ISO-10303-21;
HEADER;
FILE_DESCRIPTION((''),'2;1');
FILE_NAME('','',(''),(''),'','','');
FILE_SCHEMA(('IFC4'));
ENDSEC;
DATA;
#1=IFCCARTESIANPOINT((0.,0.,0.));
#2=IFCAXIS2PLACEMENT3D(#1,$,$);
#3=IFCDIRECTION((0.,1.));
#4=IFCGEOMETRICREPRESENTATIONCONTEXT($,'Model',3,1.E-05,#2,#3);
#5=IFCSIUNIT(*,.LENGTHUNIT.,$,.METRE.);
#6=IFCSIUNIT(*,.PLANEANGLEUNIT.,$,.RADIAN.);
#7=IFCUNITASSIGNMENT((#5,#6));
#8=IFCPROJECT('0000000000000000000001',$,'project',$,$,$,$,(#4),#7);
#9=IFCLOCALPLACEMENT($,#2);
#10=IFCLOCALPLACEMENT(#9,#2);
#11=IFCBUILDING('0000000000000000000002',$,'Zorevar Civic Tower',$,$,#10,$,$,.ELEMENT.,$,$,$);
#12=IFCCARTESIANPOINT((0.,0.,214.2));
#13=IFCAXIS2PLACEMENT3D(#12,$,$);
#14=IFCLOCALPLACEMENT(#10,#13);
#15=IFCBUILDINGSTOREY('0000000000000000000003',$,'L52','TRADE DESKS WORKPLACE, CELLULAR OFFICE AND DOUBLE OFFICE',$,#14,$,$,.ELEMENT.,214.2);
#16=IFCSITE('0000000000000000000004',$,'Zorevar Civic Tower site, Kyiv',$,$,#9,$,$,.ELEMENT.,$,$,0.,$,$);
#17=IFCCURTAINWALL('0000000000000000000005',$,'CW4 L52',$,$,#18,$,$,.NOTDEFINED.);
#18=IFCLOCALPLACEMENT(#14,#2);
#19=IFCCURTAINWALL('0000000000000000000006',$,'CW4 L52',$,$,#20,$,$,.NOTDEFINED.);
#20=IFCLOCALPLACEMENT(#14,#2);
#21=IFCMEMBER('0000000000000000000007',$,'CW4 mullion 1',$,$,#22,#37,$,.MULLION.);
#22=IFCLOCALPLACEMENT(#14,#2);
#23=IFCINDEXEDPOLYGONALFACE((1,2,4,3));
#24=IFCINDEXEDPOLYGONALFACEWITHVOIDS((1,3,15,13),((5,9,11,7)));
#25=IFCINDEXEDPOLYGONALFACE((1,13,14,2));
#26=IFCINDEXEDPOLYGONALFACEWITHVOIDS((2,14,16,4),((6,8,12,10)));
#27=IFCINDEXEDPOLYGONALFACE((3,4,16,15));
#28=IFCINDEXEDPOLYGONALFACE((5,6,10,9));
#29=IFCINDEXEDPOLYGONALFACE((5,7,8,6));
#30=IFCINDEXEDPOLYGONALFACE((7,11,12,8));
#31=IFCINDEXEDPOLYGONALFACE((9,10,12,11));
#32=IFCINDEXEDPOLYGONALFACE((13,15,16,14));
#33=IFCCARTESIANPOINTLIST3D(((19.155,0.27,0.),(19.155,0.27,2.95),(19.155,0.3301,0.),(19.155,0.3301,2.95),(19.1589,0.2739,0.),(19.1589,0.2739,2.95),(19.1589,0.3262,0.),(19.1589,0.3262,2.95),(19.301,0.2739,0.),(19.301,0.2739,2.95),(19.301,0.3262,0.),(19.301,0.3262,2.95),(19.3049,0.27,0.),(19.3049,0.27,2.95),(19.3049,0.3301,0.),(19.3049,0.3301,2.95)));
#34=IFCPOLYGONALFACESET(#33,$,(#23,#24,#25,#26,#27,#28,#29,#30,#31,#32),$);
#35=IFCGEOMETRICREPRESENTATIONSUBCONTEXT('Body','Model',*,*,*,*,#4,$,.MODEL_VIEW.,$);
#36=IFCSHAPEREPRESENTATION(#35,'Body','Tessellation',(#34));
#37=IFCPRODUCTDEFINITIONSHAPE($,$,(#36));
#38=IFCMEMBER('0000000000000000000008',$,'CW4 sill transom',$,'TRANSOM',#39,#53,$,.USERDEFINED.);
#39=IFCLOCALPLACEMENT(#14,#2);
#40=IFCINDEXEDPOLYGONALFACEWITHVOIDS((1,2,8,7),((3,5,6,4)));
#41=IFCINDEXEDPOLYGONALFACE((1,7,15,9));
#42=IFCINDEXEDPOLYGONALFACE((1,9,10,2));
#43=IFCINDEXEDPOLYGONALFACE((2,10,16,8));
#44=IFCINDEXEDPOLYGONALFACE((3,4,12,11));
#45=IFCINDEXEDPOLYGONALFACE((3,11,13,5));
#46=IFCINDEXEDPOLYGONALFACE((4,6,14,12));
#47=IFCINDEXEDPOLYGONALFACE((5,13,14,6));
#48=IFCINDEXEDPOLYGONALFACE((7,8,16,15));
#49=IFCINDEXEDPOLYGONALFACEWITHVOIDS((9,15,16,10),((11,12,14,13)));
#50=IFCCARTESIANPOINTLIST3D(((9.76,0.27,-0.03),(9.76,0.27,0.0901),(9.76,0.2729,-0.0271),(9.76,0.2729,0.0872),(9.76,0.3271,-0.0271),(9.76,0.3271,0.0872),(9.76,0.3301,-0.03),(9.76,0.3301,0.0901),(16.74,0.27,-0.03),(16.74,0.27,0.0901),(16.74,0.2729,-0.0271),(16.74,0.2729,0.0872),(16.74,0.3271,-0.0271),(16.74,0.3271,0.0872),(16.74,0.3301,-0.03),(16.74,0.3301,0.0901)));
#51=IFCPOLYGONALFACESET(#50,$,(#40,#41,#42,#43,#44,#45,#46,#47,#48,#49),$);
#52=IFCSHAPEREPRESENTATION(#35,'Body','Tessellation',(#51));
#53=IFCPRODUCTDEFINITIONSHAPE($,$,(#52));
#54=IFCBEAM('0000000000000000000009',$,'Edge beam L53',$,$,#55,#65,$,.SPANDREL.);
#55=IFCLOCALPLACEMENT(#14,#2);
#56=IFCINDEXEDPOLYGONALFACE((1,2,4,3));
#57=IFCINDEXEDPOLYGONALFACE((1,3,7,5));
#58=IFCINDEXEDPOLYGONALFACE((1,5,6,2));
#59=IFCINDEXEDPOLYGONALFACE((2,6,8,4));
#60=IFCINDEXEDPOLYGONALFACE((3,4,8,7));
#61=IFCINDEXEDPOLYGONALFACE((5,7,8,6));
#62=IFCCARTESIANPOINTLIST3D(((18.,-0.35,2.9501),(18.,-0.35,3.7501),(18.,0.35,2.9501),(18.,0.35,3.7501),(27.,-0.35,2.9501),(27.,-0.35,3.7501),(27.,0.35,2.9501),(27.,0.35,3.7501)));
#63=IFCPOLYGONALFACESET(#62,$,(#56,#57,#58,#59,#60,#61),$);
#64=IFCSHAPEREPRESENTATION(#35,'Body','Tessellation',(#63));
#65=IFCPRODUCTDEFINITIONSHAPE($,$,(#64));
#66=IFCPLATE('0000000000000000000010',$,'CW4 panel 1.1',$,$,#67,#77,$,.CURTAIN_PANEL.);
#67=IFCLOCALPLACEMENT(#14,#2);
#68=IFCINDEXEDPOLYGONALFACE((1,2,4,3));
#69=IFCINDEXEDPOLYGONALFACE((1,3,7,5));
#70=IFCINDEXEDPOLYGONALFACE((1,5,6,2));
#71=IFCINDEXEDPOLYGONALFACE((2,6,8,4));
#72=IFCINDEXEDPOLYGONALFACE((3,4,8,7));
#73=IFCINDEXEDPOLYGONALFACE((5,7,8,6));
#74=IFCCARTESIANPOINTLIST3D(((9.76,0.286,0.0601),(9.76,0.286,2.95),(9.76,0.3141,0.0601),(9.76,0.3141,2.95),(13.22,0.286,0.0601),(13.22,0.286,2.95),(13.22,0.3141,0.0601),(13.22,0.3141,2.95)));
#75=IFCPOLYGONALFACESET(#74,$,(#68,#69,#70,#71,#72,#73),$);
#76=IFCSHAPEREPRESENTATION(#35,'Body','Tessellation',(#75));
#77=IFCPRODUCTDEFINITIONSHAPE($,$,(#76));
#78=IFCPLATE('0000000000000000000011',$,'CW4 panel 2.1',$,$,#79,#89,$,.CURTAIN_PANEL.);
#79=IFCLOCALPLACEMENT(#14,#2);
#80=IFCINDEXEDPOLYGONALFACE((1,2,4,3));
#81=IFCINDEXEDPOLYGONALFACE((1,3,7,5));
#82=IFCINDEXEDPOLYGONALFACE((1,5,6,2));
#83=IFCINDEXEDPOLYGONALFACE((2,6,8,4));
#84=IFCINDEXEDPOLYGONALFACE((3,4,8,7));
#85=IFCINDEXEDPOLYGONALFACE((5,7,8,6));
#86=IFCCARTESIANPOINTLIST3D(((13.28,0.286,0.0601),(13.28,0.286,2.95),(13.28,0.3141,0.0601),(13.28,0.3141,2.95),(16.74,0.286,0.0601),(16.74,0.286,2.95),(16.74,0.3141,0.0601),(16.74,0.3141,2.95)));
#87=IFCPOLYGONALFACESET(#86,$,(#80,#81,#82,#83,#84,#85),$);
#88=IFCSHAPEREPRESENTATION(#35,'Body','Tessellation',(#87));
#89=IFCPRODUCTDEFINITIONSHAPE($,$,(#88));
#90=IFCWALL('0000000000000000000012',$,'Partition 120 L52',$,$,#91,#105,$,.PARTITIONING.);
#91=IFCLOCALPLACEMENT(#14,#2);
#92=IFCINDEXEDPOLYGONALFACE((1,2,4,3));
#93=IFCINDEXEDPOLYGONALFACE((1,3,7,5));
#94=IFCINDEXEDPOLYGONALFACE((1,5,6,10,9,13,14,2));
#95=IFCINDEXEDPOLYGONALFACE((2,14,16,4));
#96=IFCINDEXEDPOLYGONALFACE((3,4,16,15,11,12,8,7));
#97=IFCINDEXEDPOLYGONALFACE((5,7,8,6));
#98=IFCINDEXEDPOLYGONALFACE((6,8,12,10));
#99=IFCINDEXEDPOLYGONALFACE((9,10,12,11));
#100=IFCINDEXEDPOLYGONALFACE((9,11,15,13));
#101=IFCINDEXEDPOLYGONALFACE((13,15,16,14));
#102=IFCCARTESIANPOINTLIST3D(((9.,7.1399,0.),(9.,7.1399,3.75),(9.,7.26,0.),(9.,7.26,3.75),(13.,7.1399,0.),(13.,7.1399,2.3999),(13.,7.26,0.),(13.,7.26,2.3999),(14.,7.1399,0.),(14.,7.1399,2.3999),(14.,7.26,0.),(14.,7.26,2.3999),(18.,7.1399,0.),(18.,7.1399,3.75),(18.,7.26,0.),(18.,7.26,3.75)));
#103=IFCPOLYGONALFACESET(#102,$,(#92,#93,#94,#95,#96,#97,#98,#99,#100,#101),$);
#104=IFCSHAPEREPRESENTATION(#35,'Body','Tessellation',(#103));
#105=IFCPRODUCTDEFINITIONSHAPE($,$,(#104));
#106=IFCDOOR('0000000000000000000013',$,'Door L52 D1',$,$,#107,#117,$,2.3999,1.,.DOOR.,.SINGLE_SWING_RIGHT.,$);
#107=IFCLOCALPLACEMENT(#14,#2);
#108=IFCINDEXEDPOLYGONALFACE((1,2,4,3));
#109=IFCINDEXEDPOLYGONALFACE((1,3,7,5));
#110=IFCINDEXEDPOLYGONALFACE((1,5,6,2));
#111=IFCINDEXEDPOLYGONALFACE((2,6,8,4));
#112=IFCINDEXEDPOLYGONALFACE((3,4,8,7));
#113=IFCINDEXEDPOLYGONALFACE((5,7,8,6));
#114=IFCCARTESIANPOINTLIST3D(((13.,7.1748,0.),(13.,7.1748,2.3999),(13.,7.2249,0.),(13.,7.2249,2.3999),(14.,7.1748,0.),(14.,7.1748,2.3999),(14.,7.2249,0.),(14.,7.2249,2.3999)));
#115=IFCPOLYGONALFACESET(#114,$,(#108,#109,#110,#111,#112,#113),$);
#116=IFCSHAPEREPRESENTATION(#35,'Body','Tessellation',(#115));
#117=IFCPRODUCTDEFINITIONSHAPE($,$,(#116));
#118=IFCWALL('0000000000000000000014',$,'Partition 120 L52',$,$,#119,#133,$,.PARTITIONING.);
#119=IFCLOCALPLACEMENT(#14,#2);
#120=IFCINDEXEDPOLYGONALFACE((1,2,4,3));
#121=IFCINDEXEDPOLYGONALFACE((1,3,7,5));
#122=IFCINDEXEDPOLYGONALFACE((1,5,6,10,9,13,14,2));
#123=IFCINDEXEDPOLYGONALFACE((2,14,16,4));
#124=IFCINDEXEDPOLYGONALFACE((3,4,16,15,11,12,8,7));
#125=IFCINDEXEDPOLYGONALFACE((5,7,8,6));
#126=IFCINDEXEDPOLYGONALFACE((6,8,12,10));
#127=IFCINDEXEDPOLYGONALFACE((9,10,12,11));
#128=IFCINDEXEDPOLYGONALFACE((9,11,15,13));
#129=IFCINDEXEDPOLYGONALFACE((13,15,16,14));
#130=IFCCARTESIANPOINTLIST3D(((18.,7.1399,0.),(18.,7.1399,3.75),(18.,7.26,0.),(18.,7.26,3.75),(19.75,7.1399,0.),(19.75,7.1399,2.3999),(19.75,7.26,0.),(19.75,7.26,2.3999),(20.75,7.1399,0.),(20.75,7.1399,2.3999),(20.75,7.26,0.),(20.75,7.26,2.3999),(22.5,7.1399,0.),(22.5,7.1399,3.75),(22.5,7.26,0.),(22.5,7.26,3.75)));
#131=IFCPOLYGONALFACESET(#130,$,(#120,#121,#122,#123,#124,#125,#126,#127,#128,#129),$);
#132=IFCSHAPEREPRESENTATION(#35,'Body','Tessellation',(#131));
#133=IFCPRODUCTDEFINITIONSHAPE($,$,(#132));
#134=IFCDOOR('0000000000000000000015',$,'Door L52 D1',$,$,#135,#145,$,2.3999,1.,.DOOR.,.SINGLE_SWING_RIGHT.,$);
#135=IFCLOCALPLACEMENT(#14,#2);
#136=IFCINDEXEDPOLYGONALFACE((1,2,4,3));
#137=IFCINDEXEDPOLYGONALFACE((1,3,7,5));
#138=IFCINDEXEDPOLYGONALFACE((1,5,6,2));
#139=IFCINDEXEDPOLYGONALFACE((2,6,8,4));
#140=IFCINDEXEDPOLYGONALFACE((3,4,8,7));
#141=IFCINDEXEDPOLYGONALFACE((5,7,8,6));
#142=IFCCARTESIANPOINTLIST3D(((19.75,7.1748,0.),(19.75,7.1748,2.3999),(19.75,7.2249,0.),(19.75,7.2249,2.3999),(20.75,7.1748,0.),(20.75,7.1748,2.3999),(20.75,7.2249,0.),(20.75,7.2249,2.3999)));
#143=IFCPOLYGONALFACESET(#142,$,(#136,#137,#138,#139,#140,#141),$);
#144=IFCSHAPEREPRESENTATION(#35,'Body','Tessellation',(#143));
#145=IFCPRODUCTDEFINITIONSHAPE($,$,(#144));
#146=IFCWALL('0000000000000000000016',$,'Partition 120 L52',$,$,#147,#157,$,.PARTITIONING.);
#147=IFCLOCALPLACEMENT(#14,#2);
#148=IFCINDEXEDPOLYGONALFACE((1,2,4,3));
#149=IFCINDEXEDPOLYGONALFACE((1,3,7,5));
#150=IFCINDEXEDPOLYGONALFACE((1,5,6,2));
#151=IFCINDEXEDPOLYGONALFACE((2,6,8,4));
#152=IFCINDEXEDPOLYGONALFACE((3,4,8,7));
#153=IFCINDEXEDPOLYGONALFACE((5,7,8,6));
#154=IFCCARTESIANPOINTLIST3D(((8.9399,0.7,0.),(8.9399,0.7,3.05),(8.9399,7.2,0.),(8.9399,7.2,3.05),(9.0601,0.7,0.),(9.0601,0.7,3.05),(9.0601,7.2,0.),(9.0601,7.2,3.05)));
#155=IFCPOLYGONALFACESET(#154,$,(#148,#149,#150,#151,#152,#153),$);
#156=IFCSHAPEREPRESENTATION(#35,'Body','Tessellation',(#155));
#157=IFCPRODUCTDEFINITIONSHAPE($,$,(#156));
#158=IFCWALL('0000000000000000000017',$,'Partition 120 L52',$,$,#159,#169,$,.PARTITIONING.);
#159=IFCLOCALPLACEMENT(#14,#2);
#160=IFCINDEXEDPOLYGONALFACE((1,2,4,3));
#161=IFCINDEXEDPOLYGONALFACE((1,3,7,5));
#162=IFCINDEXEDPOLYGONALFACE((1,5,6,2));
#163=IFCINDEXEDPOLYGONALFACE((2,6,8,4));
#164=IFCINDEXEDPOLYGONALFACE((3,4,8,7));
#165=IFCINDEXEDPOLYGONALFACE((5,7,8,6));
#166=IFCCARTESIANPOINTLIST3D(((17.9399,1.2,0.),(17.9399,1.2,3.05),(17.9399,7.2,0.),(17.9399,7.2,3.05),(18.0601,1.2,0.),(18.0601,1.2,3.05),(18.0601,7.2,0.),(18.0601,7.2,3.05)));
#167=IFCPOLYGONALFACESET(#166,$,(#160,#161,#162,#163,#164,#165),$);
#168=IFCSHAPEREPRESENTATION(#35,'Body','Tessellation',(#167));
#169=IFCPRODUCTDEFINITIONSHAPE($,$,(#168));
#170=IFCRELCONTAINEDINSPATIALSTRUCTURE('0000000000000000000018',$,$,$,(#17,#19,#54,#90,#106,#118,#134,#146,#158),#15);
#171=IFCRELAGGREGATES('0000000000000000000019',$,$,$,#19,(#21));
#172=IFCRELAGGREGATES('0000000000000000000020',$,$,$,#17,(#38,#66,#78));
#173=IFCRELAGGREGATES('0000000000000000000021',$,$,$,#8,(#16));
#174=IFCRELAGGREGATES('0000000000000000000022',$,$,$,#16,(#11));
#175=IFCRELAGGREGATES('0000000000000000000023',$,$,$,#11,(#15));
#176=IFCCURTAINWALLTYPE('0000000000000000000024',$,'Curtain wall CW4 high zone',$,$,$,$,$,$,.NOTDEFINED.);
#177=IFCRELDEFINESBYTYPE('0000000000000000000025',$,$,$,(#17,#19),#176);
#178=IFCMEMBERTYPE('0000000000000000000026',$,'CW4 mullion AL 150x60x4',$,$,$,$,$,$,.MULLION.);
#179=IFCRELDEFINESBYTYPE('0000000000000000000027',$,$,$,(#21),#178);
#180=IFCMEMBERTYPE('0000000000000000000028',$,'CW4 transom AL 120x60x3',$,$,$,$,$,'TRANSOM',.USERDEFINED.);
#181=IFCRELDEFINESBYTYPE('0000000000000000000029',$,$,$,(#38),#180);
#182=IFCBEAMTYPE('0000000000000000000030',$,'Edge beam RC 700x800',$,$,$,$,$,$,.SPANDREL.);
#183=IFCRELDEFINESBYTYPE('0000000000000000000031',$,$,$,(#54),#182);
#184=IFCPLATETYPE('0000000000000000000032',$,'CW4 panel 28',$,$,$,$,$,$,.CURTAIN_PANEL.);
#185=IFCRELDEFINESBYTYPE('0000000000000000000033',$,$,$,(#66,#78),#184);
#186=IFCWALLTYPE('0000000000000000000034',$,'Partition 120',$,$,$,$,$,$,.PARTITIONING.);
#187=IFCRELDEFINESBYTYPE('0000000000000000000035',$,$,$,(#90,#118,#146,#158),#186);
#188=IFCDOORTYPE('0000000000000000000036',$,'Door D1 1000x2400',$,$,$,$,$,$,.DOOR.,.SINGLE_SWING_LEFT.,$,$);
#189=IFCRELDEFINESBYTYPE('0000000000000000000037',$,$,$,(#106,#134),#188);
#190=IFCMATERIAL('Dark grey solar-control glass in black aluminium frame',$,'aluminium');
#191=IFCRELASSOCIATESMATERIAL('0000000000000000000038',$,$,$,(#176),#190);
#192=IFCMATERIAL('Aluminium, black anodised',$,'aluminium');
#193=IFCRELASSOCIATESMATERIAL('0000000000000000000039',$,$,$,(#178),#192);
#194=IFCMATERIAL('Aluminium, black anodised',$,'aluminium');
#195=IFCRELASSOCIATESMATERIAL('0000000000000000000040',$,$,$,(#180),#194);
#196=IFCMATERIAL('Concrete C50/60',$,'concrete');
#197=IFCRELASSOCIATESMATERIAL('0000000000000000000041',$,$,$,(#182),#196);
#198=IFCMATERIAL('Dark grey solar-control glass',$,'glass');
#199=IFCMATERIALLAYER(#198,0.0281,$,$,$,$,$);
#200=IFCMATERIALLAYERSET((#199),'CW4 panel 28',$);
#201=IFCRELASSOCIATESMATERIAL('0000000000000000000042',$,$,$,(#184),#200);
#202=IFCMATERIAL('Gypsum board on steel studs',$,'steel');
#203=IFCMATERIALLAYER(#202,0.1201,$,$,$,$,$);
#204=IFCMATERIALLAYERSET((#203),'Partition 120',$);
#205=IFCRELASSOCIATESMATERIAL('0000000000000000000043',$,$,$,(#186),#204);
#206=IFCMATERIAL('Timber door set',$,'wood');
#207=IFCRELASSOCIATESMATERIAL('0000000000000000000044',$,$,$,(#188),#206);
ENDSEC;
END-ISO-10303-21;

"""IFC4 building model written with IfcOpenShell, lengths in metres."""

from ifc_helpers import new_model, si_unit, direction, frame, frame_2d, origin, origin_2d, place, context, subcontext, project, spatial, rectangle, hollow_rectangle, extrude, material, layer, layer_set, material_profile, profile_set, type_object, element, fill, aggregate, save


model = new_model("IFC4")

# Units and contexts
model_context = context("Model", 3, precision=1e-05, world=origin(), true_north=direction((0.0, 1.0)))
body_context = subcontext(model_context, "Body", "Model", "MODEL_VIEW")
ifc_project = project(units=[si_unit("LENGTHUNIT", "METRE"), si_unit("PLANEANGLEUNIT", "RADIAN")], contexts=[model_context])

# Site, building, storey
site_placement = place(None, origin())
site = spatial("IfcSite", under=ifc_project, at=site_placement, Name="Zorevar Civic Tower site, Kyiv", CompositionType="ELEMENT", RefElevation=0.0)
building_placement = place(site_placement, origin())
building = spatial("IfcBuilding", under=site, at=building_placement, Name="Zorevar Civic Tower", CompositionType="ELEMENT")
storey_placement = place(building_placement, frame((0.0, 0.0, 214.2)))
storey = spatial("IfcBuildingStorey", under=building, at=storey_placement, Name="L52", Description="TRADE DESKS WORKPLACE, CELLULAR OFFICE AND DOUBLE OFFICE", CompositionType="ELEMENT", Elevation=214.2)

# Curtain wall
ifc_material_1 = material(Name="Dark grey solar-control glass in black aluminium frame", Category="aluminium")
curtain_wall_type = type_object("IfcCurtainWallType", Name="Curtain wall CW4 high zone", PredefinedType="NOTDEFINED", material=ifc_material_1)
curtain_wall_1_placement = place(storey_placement, origin())
curtain_wall_1 = element("IfcCurtainWall", 1, at=curtain_wall_1_placement, inside=storey, type_object=curtain_wall_type, Name="CW4 L52", PredefinedType="NOTDEFINED")
ifc_material_2 = material(Name="Aluminium, black anodised", Category="aluminium")
ifc_material_profile_1 = material_profile(ifc_material_2, hollow_rectangle(XDim=0.0601, YDim=0.1499, WallThickness=0.0039, at=origin_2d()), Name="AL 150x60x4")
ifc_profile_set_1 = profile_set([ifc_material_profile_1], Name="Aluminium, black anodised")
member_type_1 = type_object("IfcMemberType", Name="CW4 mullion AL 150x60x4", PredefinedType="MULLION", material=ifc_profile_set_1)

# Curtain wall, member
curtain_wall_2_placement = place(storey_placement, origin())
curtain_wall_2 = element("IfcCurtainWall", 2, at=curtain_wall_2_placement, inside=storey, type_object=curtain_wall_type, Name="CW4 L52", PredefinedType="NOTDEFINED")
member_1_placement = place(storey_placement, frame((19.23, 0.3, 0.0), z_axis=(0.0, 0.0, 1.0), x_axis=(0.0, 1.0, 0.0)))
member_1 = element("IfcMember", 3, at=member_1_placement, type_object=member_type_1, Name="CW4 mullion 1", PredefinedType="MULLION", context=body_context, shape_type="SweptSolid", body=[
    extrude(hollow_rectangle(XDim=0.0601, YDim=0.1499, WallThickness=0.0039, at=origin_2d()), origin(), (0.0, 0.0, 1.0), 2.95),
])
aggregate(curtain_wall_2, [member_1])

# Member
ifc_material_3 = material(Name="Aluminium, black anodised", Category="aluminium")
ifc_material_profile_2 = material_profile(ifc_material_3, hollow_rectangle(XDim=0.0601, YDim=0.1201, WallThickness=0.0029, at=origin_2d()), Name="AL 120x60x3")
ifc_profile_set_2 = profile_set([ifc_material_profile_2], Name="Aluminium, black anodised")
member_type_2 = type_object("IfcMemberType", Name="CW4 transom AL 120x60x3", ElementType="TRANSOM", PredefinedType="USERDEFINED", material=ifc_profile_set_2)
member_2_placement = place(storey_placement, frame((9.76, 0.3, 0.03), z_axis=(1.0, 0.0, 0.0), x_axis=(0.0, 1.0, 0.0)))
member_2 = element("IfcMember", 4, at=member_2_placement, type_object=member_type_2, Name="CW4 sill transom", ObjectType="TRANSOM", PredefinedType="USERDEFINED", context=body_context, shape_type="SweptSolid", body=[
    extrude(hollow_rectangle(XDim=0.0601, YDim=0.1201, WallThickness=0.0029, at=origin_2d()), origin(), (0.0, 0.0, 1.0), 6.98),
])

# Beam
ifc_material_4 = material(Name="Concrete C50/60", Category="concrete")
ifc_material_profile_3 = material_profile(ifc_material_4, rectangle(XDim=0.7, YDim=0.8, at=origin_2d()), Name="RC 700x800")
ifc_profile_set_3 = profile_set([ifc_material_profile_3], Name="Concrete C50/60")
beam_type_1 = type_object("IfcBeamType", Name="Edge beam RC 700x800", PredefinedType="SPANDREL", material=ifc_profile_set_3)
beam_1_placement = place(storey_placement, frame((18.0, 0.0, 3.3501), z_axis=(1.0, 0.0, 0.0), x_axis=(0.0, 1.0, 0.0)))
element("IfcBeam", 5, at=beam_1_placement, inside=storey, type_object=beam_type_1, Name="Edge beam L53", PredefinedType="SPANDREL", context=body_context, shape_type="SweptSolid", body=[
    extrude(rectangle(XDim=0.7, YDim=0.8, at=origin_2d()), origin(), (0.0, 0.0, 1.0), 9.0),
])

# Plates
ifc_material_5 = material(Name="Dark grey solar-control glass", Category="glass")
ifc_layer_1 = layer(ifc_material_5, 0.0281)
ifc_layer_set_1 = layer_set([ifc_layer_1], Name="CW4 panel 28")
plate_type = type_object("IfcPlateType", Name="CW4 panel 28", PredefinedType="CURTAIN_PANEL", material=ifc_layer_set_1)
plate_1_placement = place(storey_placement, frame((11.49, 0.3, 0.0601), z_axis=(0.0, 0.0, 1.0), x_axis=(1.0, 0.0, 0.0)))
plate_1 = element("IfcPlate", 6, at=plate_1_placement, type_object=plate_type, Name="CW4 panel 1.1", PredefinedType="CURTAIN_PANEL", context=body_context, shape_type="SweptSolid", body=[
    extrude(rectangle(XDim=3.46, YDim=0.0281, at=origin_2d()), origin(), (0.0, 0.0, 1.0), 2.8899),
])
plate_2_placement = place(storey_placement, frame((15.01, 0.3, 0.0601), z_axis=(0.0, 0.0, 1.0), x_axis=(1.0, 0.0, 0.0)))
plate_2 = element("IfcPlate", 7, at=plate_2_placement, type_object=plate_type, Name="CW4 panel 2.1", PredefinedType="CURTAIN_PANEL", context=body_context, shape_type="SweptSolid", body=[
    extrude(rectangle(XDim=3.46, YDim=0.0281, at=origin_2d()), origin(), (0.0, 0.0, 1.0), 2.8899),
])
aggregate(curtain_wall_1, [member_2, plate_1, plate_2])

# Walls, openings, doors
ifc_material_6 = material(Name="Gypsum board on steel studs", Category="steel")
ifc_layer_2 = layer(ifc_material_6, 0.1201)
ifc_layer_set_2 = layer_set([ifc_layer_2], Name="Partition 120")
wall_type = type_object("IfcWallType", Name="Partition 120", PredefinedType="PARTITIONING", material=ifc_layer_set_2)
wall_1_placement = place(storey_placement, frame((9.0, 7.2, 0.0), z_axis=(0.0, 0.0, 1.0), x_axis=(1.0, 0.0, 0.0)))
wall_1 = element("IfcWall", 8, at=wall_1_placement, inside=storey, type_object=wall_type, Name="Partition 120 L52", PredefinedType="PARTITIONING", context=body_context, shape_type="SweptSolid", body=[
    extrude(rectangle(XDim=9.0, YDim=0.1201, at=frame_2d((4.5, 0.0))), origin(), (0.0, 0.0, 1.0), 3.75),
])
opening_1_placement = place(wall_1_placement, frame((4.0, 0.0, 0.0)))
opening_1 = element("IfcOpeningElement", 9, at=opening_1_placement, cuts=wall_1, PredefinedType="OPENING", context=body_context, shape_type="SweptSolid", body=[
    extrude(rectangle(XDim=1.0, YDim=2.3999, at=frame_2d((0.5, 1.2))), frame((0.0, 0.0701, 0.0), z_axis=(0.0, -1.0, 0.0), x_axis=(1.0, 0.0, 0.0)), (0.0, 0.0, 1.0), 0.1401),
])
ifc_material_7 = material(Name="Timber door set", Category="wood")
door_type = type_object("IfcDoorType", Name="Door D1 1000x2400", OperationType="SINGLE_SWING_LEFT", PredefinedType="DOOR", material=ifc_material_7)
door_1_placement = place(opening_1_placement, origin())
door_1 = element("IfcDoor", 10, at=door_1_placement, inside=storey, type_object=door_type, Name="Door L52 D1", OperationType="SINGLE_SWING_RIGHT", OverallHeight=2.3999, OverallWidth=1.0, PredefinedType="DOOR", context=body_context, shape_type="SweptSolid", body=[
    extrude(rectangle(XDim=1.0, YDim=2.3999, at=frame_2d((0.5, 1.2))), frame((0.0, 0.0249, 0.0), z_axis=(0.0, -1.0, 0.0), x_axis=(1.0, 0.0, 0.0)), (0.0, 0.0, 1.0), 0.05),
])
fill(opening_1, door_1)
wall_2_placement = place(storey_placement, frame((18.0, 7.2, 0.0), z_axis=(0.0, 0.0, 1.0), x_axis=(1.0, 0.0, 0.0)))
wall_2 = element("IfcWall", 11, at=wall_2_placement, inside=storey, type_object=wall_type, Name="Partition 120 L52", PredefinedType="PARTITIONING", context=body_context, shape_type="SweptSolid", body=[
    extrude(rectangle(XDim=4.5, YDim=0.1201, at=frame_2d((2.25, 0.0))), origin(), (0.0, 0.0, 1.0), 3.75),
])
opening_2_placement = place(wall_2_placement, frame((1.75, 0.0, 0.0)))
opening_2 = element("IfcOpeningElement", 12, at=opening_2_placement, cuts=wall_2, PredefinedType="OPENING", context=body_context, shape_type="SweptSolid", body=[
    extrude(rectangle(XDim=1.0, YDim=2.3999, at=frame_2d((0.5, 1.2))), frame((0.0, 0.0701, 0.0), z_axis=(0.0, -1.0, 0.0), x_axis=(1.0, 0.0, 0.0)), (0.0, 0.0, 1.0), 0.1401),
])
door_2_placement = place(opening_2_placement, origin())
door_2 = element("IfcDoor", 13, at=door_2_placement, inside=storey, type_object=door_type, Name="Door L52 D1", OperationType="SINGLE_SWING_RIGHT", OverallHeight=2.3999, OverallWidth=1.0, PredefinedType="DOOR", context=body_context, shape_type="SweptSolid", body=[
    extrude(rectangle(XDim=1.0, YDim=2.3999, at=frame_2d((0.5, 1.2))), frame((0.0, 0.0249, 0.0), z_axis=(0.0, -1.0, 0.0), x_axis=(1.0, 0.0, 0.0)), (0.0, 0.0, 1.0), 0.05),
])
fill(opening_2, door_2)

# Walls
wall_3_placement = place(storey_placement, frame((9.0, 0.7, 0.0), z_axis=(0.0, 0.0, 1.0), x_axis=(0.0, 1.0, 0.0)))
element("IfcWall", 14, at=wall_3_placement, inside=storey, type_object=wall_type, Name="Partition 120 L52", PredefinedType="PARTITIONING", context=body_context, shape_type="SweptSolid", body=[
    extrude(rectangle(XDim=6.5, YDim=0.1201, at=frame_2d((3.25, 0.0))), origin(), (0.0, 0.0, 1.0), 3.05),
])
wall_4_placement = place(storey_placement, frame((18.0, 1.2, 0.0), z_axis=(0.0, 0.0, 1.0), x_axis=(0.0, 1.0, 0.0)))
element("IfcWall", 15, at=wall_4_placement, inside=storey, type_object=wall_type, Name="Partition 120 L52", PredefinedType="PARTITIONING", context=body_context, shape_type="SweptSolid", body=[
    extrude(rectangle(XDim=6.0, YDim=0.1201, at=frame_2d((3.0, 0.0))), origin(), (0.0, 0.0, 1.0), 3.05),
])

save(model, "model.ifc")
